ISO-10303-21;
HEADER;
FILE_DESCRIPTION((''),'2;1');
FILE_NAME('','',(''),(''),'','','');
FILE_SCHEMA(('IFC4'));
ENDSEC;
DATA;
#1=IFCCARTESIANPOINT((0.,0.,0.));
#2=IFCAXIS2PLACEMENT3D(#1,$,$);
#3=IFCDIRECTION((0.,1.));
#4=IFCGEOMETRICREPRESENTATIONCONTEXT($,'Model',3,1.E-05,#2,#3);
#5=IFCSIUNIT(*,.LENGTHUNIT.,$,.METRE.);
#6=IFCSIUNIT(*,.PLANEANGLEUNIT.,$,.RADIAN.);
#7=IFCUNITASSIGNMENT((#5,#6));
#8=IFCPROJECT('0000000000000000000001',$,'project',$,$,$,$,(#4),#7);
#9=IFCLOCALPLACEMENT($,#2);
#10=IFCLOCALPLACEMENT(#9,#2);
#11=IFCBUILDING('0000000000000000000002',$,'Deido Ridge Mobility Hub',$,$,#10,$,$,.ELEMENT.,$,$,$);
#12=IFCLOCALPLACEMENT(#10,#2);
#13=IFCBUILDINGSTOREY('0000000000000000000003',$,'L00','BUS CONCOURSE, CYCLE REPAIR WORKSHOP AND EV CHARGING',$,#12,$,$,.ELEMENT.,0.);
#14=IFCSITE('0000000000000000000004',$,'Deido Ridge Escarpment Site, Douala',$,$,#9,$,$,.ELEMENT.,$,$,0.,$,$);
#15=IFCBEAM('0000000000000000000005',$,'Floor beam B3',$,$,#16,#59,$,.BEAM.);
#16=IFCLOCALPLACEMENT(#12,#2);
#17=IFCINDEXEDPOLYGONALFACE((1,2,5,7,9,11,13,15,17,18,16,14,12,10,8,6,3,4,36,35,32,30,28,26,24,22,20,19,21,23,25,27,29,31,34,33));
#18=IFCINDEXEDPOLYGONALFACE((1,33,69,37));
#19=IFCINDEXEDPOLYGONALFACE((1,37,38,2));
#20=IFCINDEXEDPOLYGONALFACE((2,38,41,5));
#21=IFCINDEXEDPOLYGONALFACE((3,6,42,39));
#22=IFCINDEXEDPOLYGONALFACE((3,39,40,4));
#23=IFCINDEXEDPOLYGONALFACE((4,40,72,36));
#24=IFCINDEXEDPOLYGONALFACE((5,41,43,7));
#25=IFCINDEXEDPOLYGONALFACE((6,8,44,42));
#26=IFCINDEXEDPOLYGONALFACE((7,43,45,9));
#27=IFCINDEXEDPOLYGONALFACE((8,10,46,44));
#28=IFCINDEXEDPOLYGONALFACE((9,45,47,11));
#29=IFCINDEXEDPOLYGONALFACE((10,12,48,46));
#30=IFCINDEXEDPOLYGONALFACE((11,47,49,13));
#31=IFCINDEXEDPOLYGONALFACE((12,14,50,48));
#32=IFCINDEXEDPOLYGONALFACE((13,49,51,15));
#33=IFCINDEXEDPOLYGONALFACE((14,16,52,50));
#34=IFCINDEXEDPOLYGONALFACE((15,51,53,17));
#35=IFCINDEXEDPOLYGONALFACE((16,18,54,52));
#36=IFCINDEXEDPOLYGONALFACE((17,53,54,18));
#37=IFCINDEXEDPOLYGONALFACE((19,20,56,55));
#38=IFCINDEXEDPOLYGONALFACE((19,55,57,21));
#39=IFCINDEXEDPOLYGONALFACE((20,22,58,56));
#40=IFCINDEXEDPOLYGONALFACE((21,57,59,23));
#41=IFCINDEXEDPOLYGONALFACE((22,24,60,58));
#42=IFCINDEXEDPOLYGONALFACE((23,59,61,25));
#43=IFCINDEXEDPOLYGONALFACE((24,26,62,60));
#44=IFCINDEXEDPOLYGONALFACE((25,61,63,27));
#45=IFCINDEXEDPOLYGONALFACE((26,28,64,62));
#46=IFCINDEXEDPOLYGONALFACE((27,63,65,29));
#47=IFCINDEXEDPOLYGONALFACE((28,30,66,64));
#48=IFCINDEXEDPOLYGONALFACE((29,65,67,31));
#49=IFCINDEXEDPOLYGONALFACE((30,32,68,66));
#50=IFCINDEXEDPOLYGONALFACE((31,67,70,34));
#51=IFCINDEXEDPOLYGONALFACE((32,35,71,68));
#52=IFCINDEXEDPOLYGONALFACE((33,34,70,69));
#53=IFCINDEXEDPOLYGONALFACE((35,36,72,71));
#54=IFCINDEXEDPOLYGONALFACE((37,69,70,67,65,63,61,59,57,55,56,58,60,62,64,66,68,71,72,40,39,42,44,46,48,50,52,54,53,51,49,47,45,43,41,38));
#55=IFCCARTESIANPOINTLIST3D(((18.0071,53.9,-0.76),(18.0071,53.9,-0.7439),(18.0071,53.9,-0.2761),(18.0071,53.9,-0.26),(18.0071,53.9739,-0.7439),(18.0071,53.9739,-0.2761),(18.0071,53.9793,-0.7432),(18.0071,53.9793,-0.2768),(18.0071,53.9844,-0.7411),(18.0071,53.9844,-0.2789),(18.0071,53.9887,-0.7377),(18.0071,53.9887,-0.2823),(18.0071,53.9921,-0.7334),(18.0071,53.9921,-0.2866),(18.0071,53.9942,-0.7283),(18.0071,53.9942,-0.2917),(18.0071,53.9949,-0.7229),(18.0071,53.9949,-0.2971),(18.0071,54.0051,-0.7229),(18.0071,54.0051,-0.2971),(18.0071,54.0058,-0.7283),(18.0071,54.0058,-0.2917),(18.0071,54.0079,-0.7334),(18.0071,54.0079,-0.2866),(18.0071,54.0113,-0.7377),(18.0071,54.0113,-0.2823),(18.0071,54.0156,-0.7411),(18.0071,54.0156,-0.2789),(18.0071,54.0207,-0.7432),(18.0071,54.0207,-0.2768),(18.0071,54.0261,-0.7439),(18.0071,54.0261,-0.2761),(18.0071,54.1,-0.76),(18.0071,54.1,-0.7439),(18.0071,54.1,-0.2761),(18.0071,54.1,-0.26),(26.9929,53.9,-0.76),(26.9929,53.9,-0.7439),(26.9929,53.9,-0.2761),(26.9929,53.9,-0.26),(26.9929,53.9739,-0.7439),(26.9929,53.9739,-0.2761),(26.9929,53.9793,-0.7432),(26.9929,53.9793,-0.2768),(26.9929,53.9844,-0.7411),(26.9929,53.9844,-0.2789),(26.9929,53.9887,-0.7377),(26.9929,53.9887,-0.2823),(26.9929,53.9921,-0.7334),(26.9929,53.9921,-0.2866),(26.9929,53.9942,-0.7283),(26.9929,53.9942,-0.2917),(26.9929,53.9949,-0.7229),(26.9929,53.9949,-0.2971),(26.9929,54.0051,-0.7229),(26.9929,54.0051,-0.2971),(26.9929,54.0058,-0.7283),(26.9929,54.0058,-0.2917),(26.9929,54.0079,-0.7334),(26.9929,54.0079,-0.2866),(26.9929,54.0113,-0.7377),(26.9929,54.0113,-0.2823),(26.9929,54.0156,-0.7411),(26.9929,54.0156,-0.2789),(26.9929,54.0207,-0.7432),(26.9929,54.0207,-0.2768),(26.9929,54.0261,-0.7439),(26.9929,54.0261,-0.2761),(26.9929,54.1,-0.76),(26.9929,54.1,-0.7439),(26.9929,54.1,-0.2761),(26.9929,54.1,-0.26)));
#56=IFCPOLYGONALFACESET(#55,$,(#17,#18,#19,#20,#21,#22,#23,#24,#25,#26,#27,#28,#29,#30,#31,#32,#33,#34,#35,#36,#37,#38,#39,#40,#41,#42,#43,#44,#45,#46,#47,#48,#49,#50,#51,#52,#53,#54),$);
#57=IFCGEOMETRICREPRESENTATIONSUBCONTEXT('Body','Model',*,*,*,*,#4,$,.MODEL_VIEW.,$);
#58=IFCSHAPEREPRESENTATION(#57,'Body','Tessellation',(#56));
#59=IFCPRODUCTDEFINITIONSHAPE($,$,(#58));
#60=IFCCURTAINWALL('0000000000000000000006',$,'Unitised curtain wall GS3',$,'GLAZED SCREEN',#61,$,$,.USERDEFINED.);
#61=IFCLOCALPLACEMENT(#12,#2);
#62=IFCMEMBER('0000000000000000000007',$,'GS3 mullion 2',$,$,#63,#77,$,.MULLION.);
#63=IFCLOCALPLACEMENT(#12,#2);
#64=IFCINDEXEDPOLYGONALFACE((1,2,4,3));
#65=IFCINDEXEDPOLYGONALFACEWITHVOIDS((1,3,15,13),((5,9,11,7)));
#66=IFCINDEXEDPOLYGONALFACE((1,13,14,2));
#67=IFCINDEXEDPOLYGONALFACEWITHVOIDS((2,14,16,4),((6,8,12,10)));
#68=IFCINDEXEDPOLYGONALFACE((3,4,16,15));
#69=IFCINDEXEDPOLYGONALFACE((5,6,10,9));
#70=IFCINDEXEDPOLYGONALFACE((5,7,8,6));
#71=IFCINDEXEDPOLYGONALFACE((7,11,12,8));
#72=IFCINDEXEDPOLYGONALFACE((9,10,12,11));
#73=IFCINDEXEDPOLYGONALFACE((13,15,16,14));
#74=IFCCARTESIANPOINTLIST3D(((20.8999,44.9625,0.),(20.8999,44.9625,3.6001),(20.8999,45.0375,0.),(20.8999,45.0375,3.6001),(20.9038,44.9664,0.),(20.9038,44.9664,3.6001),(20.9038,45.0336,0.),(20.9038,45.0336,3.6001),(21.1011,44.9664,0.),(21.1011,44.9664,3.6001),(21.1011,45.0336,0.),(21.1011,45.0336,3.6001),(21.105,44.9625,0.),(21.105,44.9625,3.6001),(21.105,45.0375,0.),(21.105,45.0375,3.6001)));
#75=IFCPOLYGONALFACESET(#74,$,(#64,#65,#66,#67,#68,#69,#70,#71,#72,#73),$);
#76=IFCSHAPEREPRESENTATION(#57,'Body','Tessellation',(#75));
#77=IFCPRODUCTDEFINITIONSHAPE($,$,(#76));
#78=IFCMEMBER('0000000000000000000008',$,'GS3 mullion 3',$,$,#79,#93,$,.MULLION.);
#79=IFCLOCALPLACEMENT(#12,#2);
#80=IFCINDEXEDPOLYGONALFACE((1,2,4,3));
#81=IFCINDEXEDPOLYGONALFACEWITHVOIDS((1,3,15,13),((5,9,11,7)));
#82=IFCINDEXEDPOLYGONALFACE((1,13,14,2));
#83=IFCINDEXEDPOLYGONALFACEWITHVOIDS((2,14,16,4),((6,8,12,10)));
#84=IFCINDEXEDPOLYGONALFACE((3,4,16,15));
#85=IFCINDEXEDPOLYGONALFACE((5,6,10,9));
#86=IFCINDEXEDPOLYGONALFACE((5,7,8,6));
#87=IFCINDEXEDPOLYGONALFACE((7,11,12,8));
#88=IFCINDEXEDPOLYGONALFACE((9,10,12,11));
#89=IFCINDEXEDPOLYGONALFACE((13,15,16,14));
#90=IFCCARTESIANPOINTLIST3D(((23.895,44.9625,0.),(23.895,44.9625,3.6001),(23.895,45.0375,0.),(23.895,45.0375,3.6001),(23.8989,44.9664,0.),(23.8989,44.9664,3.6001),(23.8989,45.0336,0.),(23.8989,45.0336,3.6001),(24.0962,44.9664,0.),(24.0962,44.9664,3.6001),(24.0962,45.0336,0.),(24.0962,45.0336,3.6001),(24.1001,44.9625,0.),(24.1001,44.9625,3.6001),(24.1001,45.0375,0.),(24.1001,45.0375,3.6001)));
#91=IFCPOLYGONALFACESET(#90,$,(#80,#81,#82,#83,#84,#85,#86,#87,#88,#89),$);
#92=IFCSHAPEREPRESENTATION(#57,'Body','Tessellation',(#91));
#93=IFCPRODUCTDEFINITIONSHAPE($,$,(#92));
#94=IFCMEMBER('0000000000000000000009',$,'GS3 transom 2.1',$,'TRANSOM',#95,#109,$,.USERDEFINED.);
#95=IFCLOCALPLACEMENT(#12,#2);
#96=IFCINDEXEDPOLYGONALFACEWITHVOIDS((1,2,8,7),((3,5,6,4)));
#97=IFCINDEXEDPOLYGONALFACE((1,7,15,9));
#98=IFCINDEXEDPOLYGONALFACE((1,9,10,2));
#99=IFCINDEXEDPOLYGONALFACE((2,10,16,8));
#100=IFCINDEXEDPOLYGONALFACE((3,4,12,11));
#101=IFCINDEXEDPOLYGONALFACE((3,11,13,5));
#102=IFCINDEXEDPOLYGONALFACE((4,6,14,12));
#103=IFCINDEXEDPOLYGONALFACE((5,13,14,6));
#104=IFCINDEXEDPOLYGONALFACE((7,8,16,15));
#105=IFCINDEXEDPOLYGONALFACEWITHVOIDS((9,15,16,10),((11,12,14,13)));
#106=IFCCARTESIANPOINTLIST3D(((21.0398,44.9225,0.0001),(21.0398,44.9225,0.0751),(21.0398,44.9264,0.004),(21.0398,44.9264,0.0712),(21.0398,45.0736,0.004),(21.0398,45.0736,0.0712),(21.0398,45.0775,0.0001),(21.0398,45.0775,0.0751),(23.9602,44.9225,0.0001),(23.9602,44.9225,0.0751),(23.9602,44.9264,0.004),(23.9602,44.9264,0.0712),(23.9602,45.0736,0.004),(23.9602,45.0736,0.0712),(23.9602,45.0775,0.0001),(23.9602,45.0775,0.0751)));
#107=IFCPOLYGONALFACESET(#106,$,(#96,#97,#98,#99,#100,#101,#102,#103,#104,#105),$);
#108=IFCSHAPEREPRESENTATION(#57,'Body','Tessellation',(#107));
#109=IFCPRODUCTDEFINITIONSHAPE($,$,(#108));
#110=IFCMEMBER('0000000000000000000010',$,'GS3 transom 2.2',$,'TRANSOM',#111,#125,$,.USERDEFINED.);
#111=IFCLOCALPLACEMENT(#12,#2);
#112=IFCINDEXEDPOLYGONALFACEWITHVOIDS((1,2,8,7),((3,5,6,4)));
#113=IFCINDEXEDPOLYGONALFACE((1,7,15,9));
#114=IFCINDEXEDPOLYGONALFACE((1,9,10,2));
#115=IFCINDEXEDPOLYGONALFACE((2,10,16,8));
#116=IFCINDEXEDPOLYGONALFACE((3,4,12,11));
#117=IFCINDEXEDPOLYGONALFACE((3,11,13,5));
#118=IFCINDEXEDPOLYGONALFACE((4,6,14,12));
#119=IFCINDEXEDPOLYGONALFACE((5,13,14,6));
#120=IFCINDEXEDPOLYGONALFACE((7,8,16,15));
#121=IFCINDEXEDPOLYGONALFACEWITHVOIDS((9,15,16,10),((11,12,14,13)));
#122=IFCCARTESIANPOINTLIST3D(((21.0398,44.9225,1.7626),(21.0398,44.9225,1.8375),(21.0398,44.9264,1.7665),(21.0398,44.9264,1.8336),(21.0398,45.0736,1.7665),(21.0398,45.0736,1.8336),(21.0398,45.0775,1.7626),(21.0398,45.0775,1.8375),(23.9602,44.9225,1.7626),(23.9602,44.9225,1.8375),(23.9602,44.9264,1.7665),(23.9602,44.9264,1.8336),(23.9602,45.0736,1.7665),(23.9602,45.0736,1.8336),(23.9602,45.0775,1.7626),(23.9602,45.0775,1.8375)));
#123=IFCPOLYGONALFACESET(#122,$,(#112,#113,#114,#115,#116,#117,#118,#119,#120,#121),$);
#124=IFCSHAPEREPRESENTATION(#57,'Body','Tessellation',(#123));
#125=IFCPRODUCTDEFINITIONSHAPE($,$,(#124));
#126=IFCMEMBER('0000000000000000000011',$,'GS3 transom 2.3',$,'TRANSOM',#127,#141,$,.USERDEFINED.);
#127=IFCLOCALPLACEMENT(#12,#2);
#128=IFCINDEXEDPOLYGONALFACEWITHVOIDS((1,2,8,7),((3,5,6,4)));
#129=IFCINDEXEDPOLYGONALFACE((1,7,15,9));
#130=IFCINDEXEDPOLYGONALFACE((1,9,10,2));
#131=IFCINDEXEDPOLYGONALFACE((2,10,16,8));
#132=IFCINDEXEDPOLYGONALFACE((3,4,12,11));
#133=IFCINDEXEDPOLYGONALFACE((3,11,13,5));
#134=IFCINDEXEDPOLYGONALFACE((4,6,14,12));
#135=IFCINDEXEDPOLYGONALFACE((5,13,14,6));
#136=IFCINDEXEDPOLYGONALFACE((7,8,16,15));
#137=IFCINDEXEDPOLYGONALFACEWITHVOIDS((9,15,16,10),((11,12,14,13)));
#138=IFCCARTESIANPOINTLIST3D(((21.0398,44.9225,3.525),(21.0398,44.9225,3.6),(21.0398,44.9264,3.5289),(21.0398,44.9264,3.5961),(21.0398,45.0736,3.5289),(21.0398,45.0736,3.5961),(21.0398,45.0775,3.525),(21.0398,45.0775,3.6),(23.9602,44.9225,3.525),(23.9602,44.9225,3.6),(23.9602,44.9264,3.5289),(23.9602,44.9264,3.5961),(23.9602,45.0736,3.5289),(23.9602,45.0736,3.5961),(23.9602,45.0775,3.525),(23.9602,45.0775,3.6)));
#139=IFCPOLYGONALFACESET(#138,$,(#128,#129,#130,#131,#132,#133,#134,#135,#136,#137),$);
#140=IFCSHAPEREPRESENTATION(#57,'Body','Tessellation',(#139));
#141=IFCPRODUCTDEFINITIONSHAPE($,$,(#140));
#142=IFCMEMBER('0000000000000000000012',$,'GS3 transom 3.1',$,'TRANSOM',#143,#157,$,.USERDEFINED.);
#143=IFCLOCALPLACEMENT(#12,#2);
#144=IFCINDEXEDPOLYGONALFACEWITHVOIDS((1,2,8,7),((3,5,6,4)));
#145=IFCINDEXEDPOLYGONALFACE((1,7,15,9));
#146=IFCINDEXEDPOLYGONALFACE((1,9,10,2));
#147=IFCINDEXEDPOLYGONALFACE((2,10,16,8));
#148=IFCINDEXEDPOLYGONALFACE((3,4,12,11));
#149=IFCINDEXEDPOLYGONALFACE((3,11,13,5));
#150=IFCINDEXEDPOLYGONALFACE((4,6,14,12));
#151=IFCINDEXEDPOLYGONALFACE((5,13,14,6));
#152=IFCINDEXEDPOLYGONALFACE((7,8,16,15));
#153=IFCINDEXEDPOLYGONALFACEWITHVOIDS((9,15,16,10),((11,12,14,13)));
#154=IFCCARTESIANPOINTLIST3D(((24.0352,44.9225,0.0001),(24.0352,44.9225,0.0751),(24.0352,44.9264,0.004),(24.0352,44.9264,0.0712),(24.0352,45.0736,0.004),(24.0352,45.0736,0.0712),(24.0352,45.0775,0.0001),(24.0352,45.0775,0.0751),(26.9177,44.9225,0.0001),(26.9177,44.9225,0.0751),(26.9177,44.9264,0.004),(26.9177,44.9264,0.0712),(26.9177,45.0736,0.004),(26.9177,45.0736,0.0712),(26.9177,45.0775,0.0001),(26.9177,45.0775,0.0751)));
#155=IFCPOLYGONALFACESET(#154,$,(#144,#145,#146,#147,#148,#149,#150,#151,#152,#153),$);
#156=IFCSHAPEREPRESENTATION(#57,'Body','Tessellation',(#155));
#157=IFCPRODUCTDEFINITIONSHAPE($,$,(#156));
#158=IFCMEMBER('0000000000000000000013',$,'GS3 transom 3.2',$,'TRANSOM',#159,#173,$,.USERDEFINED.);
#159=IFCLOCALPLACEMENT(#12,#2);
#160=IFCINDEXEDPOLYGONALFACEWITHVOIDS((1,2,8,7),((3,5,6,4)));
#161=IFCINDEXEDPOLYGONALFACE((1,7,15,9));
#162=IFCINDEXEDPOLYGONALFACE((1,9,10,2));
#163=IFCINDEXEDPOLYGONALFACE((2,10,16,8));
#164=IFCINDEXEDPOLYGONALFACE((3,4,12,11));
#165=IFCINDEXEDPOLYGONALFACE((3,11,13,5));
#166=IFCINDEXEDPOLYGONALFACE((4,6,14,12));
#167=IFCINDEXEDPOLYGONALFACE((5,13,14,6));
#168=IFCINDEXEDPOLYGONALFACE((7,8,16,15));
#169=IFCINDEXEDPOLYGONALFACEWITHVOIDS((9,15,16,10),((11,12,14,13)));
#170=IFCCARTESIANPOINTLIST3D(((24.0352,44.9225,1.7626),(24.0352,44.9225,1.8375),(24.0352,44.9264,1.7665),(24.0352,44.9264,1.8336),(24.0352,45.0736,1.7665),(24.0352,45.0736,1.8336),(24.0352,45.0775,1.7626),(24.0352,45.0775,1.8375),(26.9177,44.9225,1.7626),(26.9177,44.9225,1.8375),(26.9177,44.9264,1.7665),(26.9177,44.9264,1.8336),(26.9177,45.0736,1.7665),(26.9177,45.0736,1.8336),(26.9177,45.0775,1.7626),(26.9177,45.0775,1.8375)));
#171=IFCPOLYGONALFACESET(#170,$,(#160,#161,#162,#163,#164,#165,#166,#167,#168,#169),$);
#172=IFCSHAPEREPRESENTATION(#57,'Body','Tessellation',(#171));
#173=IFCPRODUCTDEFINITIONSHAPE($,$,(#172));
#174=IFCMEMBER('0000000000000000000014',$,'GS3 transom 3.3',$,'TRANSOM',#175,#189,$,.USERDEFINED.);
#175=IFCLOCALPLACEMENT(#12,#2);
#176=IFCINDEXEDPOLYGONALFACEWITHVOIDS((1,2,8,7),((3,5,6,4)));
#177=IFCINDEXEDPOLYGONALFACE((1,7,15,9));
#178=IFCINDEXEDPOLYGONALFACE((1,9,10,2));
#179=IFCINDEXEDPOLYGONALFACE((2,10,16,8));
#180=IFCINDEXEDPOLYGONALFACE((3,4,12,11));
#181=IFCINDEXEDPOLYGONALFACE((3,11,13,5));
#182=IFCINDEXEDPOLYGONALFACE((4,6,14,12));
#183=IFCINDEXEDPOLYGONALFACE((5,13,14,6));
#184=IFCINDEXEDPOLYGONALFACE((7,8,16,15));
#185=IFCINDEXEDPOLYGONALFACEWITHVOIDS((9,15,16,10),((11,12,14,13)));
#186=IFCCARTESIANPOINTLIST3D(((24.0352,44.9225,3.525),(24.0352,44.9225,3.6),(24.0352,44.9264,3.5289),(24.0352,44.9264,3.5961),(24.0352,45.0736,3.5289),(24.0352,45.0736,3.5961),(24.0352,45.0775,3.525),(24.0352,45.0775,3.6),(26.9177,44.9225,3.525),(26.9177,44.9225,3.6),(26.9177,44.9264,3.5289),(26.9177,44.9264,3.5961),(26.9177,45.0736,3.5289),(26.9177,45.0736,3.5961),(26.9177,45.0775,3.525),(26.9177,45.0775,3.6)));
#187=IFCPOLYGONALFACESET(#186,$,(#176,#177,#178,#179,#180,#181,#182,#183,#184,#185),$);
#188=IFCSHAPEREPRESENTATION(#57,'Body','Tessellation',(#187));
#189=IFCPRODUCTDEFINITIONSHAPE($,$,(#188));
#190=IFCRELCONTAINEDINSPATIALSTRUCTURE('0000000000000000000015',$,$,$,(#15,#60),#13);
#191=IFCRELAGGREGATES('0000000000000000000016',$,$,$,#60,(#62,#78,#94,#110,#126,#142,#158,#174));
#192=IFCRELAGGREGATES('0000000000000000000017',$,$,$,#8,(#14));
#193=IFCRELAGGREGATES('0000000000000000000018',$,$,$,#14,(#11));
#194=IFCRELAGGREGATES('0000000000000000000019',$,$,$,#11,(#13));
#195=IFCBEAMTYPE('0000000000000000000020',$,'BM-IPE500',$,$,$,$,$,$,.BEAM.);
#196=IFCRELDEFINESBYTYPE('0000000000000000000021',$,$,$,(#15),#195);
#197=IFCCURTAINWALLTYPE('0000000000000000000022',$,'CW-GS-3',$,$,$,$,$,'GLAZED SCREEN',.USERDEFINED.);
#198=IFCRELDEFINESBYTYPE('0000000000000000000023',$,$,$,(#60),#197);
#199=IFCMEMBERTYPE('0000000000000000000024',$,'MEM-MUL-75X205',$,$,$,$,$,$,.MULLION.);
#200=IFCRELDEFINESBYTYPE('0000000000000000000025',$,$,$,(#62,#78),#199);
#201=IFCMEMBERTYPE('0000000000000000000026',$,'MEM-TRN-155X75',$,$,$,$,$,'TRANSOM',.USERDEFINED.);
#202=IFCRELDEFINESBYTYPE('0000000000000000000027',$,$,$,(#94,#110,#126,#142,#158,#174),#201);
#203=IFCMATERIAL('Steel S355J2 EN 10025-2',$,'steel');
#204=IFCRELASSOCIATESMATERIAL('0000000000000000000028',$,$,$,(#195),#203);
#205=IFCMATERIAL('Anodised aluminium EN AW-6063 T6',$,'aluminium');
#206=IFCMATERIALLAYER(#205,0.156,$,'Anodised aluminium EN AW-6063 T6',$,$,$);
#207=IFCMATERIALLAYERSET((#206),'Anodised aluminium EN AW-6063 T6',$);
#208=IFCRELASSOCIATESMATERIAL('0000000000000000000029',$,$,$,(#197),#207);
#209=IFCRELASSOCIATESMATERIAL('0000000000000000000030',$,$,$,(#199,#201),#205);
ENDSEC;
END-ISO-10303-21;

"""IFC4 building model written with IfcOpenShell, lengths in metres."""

from ifc_helpers import new_model, si_unit, direction, frame, origin, origin_2d, place, context, subcontext, project, spatial, hollow_rectangle, i_section, extrude, material, layer, layer_set, material_profile, profile_set, type_object, element, aggregate, save


model = new_model("IFC4")

# Units and contexts
model_context = context("Model", 3, precision=1e-05, world=origin(), true_north=direction((0.0, 1.0)))
body_context = subcontext(model_context, "Body", "Model", "MODEL_VIEW")
ifc_project = project(units=[si_unit("LENGTHUNIT", "METRE"), si_unit("PLANEANGLEUNIT", "RADIAN")], contexts=[model_context])

# Site, building, storey
site_placement = place(None, origin())
site = spatial("IfcSite", under=ifc_project, at=site_placement, Name="Deido Ridge Escarpment Site, Douala", CompositionType="ELEMENT", RefElevation=0.0)
building_placement = place(site_placement, origin())
building = spatial("IfcBuilding", under=site, at=building_placement, Name="Deido Ridge Mobility Hub", CompositionType="ELEMENT")
storey_placement = place(building_placement, origin())
storey = spatial("IfcBuildingStorey", under=building, at=storey_placement, Name="L00", Description="BUS CONCOURSE, CYCLE REPAIR WORKSHOP AND EV CHARGING", CompositionType="ELEMENT", Elevation=0.0)

# Shared definitions
ifc_material_1 = material(Name="Steel S355J2 EN 10025-2", Category="steel")

# Beam
ifc_material_profile_1 = material_profile(ifc_material_1, i_section(OverallWidth=0.2, OverallDepth=0.5, WebThickness=0.0103, FlangeThickness=0.0161, FilletRadius=0.021, at=origin_2d()), Name="IPE 500")
ifc_profile_set_1 = profile_set([ifc_material_profile_1], Name="Steel S355J2 EN 10025-2")
beam_type_1 = type_object("IfcBeamType", Name="BM-IPE500", PredefinedType="BEAM", material=ifc_profile_set_1)
beam_1_placement = place(storey_placement, frame((18.0071, 54.0, -0.51), z_axis=(1.0, 0.0, 0.0), x_axis=(0.0, 1.0, 0.0)))
element("IfcBeam", 1, at=beam_1_placement, inside=storey, type_object=beam_type_1, Name="Floor beam B3", PredefinedType="BEAM", context=body_context, shape_type="SweptSolid", body=[
    extrude(i_section(OverallWidth=0.2, OverallDepth=0.5, WebThickness=0.0103, FlangeThickness=0.0161, FilletRadius=0.021, at=origin_2d()), origin(), (0.0, 0.0, 1.0), 8.9858),
])

# Curtain wall, members
ifc_material_2 = material(Name="Anodised aluminium EN AW-6063 T6", Category="aluminium")
ifc_layer_1 = layer(ifc_material_2, 0.156, Name="Anodised aluminium EN AW-6063 T6")
ifc_layer_set_1 = layer_set([ifc_layer_1], Name="Anodised aluminium EN AW-6063 T6")
curtain_wall_type = type_object("IfcCurtainWallType", Name="CW-GS-3", ElementType="GLAZED SCREEN", PredefinedType="USERDEFINED", material=ifc_layer_set_1)
curtain_wall_placement = place(storey_placement, origin())
curtain_wall = element("IfcCurtainWall", 2, at=curtain_wall_placement, inside=storey, type_object=curtain_wall_type, Name="Unitised curtain wall GS3", ObjectType="GLAZED SCREEN", PredefinedType="USERDEFINED")
ifc_material_profile_2 = material_profile(ifc_material_2, hollow_rectangle(XDim=0.075, YDim=0.2051, WallThickness=0.0039, at=origin_2d()), Name="RHS 75x205x4")
ifc_profile_set_2 = profile_set([ifc_material_profile_2], Name="Anodised aluminium EN AW-6063 T6")
member_type_1 = type_object("IfcMemberType", Name="MEM-MUL-75X205", PredefinedType="MULLION", material=ifc_profile_set_2)
member_1_placement = place(storey_placement, frame((21.0024, 45.0, 0.0), z_axis=(0.0, 0.0, 1.0), x_axis=(0.0, 1.0, 0.0)))
member_1 = element("IfcMember", 3, at=member_1_placement, type_object=member_type_1, Name="GS3 mullion 2", PredefinedType="MULLION", context=body_context, shape_type="SweptSolid", body=[
    extrude(hollow_rectangle(XDim=0.075, YDim=0.2051, WallThickness=0.0039, at=origin_2d()), origin(), (0.0, 0.0, 1.0), 3.6001),
])
member_2_placement = place(storey_placement, frame((23.9976, 45.0, 0.0), z_axis=(0.0, 0.0, 1.0), x_axis=(0.0, 1.0, 0.0)))
member_2 = element("IfcMember", 4, at=member_2_placement, type_object=member_type_1, Name="GS3 mullion 3", PredefinedType="MULLION", context=body_context, shape_type="SweptSolid", body=[
    extrude(hollow_rectangle(XDim=0.075, YDim=0.2051, WallThickness=0.0039, at=origin_2d()), origin(), (0.0, 0.0, 1.0), 3.6001),
])
ifc_material_profile_3 = material_profile(ifc_material_2, hollow_rectangle(XDim=0.155, YDim=0.075, WallThickness=0.0039, at=origin_2d()), Name="RHS 155x75x4")
ifc_profile_set_3 = profile_set([ifc_material_profile_3], Name="Anodised aluminium EN AW-6063 T6")
member_type_2 = type_object("IfcMemberType", Name="MEM-TRN-155X75", ElementType="TRANSOM", PredefinedType="USERDEFINED", material=ifc_profile_set_3)
member_3_placement = place(storey_placement, frame((21.0398, 45.0, 0.0376), z_axis=(1.0, 0.0, 0.0), x_axis=(0.0, 1.0, 0.0)))
member_3 = element("IfcMember", 5, at=member_3_placement, type_object=member_type_2, Name="GS3 transom 2.1", ObjectType="TRANSOM", PredefinedType="USERDEFINED", context=body_context, shape_type="SweptSolid", body=[
    extrude(hollow_rectangle(XDim=0.155, YDim=0.075, WallThickness=0.0039, at=origin_2d()), origin(), (0.0, 0.0, 1.0), 2.9204),
])
member_4_placement = place(storey_placement, frame((21.0398, 45.0, 1.8), z_axis=(1.0, 0.0, 0.0), x_axis=(0.0, 1.0, 0.0)))
member_4 = element("IfcMember", 6, at=member_4_placement, type_object=member_type_2, Name="GS3 transom 2.2", ObjectType="TRANSOM", PredefinedType="USERDEFINED", context=body_context, shape_type="SweptSolid", body=[
    extrude(hollow_rectangle(XDim=0.155, YDim=0.075, WallThickness=0.0039, at=origin_2d()), origin(), (0.0, 0.0, 1.0), 2.9204),
])
member_5_placement = place(storey_placement, frame((21.0398, 45.0, 3.5625), z_axis=(1.0, 0.0, 0.0), x_axis=(0.0, 1.0, 0.0)))
member_5 = element("IfcMember", 7, at=member_5_placement, type_object=member_type_2, Name="GS3 transom 2.3", ObjectType="TRANSOM", PredefinedType="USERDEFINED", context=body_context, shape_type="SweptSolid", body=[
    extrude(hollow_rectangle(XDim=0.155, YDim=0.075, WallThickness=0.0039, at=origin_2d()), origin(), (0.0, 0.0, 1.0), 2.9204),
])
member_6_placement = place(storey_placement, frame((24.0352, 45.0, 0.0376), z_axis=(1.0, 0.0, 0.0), x_axis=(0.0, 1.0, 0.0)))
member_6 = element("IfcMember", 8, at=member_6_placement, type_object=member_type_2, Name="GS3 transom 3.1", ObjectType="TRANSOM", PredefinedType="USERDEFINED", context=body_context, shape_type="SweptSolid", body=[
    extrude(hollow_rectangle(XDim=0.155, YDim=0.075, WallThickness=0.0039, at=origin_2d()), origin(), (0.0, 0.0, 1.0), 2.8826),
])
member_7_placement = place(storey_placement, frame((24.0352, 45.0, 1.8), z_axis=(1.0, 0.0, 0.0), x_axis=(0.0, 1.0, 0.0)))
member_7 = element("IfcMember", 9, at=member_7_placement, type_object=member_type_2, Name="GS3 transom 3.2", ObjectType="TRANSOM", PredefinedType="USERDEFINED", context=body_context, shape_type="SweptSolid", body=[
    extrude(hollow_rectangle(XDim=0.155, YDim=0.075, WallThickness=0.0039, at=origin_2d()), origin(), (0.0, 0.0, 1.0), 2.8826),
])
member_8_placement = place(storey_placement, frame((24.0352, 45.0, 3.5625), z_axis=(1.0, 0.0, 0.0), x_axis=(0.0, 1.0, 0.0)))
member_8 = element("IfcMember", 10, at=member_8_placement, type_object=member_type_2, Name="GS3 transom 3.3", ObjectType="TRANSOM", PredefinedType="USERDEFINED", context=body_context, shape_type="SweptSolid", body=[
    extrude(hollow_rectangle(XDim=0.155, YDim=0.075, WallThickness=0.0039, at=origin_2d()), origin(), (0.0, 0.0, 1.0), 2.8826),
])
aggregate(curtain_wall, [member_1, member_2, member_3, member_4, member_5, member_6, member_7, member_8])

save(model, "model.ifc")
